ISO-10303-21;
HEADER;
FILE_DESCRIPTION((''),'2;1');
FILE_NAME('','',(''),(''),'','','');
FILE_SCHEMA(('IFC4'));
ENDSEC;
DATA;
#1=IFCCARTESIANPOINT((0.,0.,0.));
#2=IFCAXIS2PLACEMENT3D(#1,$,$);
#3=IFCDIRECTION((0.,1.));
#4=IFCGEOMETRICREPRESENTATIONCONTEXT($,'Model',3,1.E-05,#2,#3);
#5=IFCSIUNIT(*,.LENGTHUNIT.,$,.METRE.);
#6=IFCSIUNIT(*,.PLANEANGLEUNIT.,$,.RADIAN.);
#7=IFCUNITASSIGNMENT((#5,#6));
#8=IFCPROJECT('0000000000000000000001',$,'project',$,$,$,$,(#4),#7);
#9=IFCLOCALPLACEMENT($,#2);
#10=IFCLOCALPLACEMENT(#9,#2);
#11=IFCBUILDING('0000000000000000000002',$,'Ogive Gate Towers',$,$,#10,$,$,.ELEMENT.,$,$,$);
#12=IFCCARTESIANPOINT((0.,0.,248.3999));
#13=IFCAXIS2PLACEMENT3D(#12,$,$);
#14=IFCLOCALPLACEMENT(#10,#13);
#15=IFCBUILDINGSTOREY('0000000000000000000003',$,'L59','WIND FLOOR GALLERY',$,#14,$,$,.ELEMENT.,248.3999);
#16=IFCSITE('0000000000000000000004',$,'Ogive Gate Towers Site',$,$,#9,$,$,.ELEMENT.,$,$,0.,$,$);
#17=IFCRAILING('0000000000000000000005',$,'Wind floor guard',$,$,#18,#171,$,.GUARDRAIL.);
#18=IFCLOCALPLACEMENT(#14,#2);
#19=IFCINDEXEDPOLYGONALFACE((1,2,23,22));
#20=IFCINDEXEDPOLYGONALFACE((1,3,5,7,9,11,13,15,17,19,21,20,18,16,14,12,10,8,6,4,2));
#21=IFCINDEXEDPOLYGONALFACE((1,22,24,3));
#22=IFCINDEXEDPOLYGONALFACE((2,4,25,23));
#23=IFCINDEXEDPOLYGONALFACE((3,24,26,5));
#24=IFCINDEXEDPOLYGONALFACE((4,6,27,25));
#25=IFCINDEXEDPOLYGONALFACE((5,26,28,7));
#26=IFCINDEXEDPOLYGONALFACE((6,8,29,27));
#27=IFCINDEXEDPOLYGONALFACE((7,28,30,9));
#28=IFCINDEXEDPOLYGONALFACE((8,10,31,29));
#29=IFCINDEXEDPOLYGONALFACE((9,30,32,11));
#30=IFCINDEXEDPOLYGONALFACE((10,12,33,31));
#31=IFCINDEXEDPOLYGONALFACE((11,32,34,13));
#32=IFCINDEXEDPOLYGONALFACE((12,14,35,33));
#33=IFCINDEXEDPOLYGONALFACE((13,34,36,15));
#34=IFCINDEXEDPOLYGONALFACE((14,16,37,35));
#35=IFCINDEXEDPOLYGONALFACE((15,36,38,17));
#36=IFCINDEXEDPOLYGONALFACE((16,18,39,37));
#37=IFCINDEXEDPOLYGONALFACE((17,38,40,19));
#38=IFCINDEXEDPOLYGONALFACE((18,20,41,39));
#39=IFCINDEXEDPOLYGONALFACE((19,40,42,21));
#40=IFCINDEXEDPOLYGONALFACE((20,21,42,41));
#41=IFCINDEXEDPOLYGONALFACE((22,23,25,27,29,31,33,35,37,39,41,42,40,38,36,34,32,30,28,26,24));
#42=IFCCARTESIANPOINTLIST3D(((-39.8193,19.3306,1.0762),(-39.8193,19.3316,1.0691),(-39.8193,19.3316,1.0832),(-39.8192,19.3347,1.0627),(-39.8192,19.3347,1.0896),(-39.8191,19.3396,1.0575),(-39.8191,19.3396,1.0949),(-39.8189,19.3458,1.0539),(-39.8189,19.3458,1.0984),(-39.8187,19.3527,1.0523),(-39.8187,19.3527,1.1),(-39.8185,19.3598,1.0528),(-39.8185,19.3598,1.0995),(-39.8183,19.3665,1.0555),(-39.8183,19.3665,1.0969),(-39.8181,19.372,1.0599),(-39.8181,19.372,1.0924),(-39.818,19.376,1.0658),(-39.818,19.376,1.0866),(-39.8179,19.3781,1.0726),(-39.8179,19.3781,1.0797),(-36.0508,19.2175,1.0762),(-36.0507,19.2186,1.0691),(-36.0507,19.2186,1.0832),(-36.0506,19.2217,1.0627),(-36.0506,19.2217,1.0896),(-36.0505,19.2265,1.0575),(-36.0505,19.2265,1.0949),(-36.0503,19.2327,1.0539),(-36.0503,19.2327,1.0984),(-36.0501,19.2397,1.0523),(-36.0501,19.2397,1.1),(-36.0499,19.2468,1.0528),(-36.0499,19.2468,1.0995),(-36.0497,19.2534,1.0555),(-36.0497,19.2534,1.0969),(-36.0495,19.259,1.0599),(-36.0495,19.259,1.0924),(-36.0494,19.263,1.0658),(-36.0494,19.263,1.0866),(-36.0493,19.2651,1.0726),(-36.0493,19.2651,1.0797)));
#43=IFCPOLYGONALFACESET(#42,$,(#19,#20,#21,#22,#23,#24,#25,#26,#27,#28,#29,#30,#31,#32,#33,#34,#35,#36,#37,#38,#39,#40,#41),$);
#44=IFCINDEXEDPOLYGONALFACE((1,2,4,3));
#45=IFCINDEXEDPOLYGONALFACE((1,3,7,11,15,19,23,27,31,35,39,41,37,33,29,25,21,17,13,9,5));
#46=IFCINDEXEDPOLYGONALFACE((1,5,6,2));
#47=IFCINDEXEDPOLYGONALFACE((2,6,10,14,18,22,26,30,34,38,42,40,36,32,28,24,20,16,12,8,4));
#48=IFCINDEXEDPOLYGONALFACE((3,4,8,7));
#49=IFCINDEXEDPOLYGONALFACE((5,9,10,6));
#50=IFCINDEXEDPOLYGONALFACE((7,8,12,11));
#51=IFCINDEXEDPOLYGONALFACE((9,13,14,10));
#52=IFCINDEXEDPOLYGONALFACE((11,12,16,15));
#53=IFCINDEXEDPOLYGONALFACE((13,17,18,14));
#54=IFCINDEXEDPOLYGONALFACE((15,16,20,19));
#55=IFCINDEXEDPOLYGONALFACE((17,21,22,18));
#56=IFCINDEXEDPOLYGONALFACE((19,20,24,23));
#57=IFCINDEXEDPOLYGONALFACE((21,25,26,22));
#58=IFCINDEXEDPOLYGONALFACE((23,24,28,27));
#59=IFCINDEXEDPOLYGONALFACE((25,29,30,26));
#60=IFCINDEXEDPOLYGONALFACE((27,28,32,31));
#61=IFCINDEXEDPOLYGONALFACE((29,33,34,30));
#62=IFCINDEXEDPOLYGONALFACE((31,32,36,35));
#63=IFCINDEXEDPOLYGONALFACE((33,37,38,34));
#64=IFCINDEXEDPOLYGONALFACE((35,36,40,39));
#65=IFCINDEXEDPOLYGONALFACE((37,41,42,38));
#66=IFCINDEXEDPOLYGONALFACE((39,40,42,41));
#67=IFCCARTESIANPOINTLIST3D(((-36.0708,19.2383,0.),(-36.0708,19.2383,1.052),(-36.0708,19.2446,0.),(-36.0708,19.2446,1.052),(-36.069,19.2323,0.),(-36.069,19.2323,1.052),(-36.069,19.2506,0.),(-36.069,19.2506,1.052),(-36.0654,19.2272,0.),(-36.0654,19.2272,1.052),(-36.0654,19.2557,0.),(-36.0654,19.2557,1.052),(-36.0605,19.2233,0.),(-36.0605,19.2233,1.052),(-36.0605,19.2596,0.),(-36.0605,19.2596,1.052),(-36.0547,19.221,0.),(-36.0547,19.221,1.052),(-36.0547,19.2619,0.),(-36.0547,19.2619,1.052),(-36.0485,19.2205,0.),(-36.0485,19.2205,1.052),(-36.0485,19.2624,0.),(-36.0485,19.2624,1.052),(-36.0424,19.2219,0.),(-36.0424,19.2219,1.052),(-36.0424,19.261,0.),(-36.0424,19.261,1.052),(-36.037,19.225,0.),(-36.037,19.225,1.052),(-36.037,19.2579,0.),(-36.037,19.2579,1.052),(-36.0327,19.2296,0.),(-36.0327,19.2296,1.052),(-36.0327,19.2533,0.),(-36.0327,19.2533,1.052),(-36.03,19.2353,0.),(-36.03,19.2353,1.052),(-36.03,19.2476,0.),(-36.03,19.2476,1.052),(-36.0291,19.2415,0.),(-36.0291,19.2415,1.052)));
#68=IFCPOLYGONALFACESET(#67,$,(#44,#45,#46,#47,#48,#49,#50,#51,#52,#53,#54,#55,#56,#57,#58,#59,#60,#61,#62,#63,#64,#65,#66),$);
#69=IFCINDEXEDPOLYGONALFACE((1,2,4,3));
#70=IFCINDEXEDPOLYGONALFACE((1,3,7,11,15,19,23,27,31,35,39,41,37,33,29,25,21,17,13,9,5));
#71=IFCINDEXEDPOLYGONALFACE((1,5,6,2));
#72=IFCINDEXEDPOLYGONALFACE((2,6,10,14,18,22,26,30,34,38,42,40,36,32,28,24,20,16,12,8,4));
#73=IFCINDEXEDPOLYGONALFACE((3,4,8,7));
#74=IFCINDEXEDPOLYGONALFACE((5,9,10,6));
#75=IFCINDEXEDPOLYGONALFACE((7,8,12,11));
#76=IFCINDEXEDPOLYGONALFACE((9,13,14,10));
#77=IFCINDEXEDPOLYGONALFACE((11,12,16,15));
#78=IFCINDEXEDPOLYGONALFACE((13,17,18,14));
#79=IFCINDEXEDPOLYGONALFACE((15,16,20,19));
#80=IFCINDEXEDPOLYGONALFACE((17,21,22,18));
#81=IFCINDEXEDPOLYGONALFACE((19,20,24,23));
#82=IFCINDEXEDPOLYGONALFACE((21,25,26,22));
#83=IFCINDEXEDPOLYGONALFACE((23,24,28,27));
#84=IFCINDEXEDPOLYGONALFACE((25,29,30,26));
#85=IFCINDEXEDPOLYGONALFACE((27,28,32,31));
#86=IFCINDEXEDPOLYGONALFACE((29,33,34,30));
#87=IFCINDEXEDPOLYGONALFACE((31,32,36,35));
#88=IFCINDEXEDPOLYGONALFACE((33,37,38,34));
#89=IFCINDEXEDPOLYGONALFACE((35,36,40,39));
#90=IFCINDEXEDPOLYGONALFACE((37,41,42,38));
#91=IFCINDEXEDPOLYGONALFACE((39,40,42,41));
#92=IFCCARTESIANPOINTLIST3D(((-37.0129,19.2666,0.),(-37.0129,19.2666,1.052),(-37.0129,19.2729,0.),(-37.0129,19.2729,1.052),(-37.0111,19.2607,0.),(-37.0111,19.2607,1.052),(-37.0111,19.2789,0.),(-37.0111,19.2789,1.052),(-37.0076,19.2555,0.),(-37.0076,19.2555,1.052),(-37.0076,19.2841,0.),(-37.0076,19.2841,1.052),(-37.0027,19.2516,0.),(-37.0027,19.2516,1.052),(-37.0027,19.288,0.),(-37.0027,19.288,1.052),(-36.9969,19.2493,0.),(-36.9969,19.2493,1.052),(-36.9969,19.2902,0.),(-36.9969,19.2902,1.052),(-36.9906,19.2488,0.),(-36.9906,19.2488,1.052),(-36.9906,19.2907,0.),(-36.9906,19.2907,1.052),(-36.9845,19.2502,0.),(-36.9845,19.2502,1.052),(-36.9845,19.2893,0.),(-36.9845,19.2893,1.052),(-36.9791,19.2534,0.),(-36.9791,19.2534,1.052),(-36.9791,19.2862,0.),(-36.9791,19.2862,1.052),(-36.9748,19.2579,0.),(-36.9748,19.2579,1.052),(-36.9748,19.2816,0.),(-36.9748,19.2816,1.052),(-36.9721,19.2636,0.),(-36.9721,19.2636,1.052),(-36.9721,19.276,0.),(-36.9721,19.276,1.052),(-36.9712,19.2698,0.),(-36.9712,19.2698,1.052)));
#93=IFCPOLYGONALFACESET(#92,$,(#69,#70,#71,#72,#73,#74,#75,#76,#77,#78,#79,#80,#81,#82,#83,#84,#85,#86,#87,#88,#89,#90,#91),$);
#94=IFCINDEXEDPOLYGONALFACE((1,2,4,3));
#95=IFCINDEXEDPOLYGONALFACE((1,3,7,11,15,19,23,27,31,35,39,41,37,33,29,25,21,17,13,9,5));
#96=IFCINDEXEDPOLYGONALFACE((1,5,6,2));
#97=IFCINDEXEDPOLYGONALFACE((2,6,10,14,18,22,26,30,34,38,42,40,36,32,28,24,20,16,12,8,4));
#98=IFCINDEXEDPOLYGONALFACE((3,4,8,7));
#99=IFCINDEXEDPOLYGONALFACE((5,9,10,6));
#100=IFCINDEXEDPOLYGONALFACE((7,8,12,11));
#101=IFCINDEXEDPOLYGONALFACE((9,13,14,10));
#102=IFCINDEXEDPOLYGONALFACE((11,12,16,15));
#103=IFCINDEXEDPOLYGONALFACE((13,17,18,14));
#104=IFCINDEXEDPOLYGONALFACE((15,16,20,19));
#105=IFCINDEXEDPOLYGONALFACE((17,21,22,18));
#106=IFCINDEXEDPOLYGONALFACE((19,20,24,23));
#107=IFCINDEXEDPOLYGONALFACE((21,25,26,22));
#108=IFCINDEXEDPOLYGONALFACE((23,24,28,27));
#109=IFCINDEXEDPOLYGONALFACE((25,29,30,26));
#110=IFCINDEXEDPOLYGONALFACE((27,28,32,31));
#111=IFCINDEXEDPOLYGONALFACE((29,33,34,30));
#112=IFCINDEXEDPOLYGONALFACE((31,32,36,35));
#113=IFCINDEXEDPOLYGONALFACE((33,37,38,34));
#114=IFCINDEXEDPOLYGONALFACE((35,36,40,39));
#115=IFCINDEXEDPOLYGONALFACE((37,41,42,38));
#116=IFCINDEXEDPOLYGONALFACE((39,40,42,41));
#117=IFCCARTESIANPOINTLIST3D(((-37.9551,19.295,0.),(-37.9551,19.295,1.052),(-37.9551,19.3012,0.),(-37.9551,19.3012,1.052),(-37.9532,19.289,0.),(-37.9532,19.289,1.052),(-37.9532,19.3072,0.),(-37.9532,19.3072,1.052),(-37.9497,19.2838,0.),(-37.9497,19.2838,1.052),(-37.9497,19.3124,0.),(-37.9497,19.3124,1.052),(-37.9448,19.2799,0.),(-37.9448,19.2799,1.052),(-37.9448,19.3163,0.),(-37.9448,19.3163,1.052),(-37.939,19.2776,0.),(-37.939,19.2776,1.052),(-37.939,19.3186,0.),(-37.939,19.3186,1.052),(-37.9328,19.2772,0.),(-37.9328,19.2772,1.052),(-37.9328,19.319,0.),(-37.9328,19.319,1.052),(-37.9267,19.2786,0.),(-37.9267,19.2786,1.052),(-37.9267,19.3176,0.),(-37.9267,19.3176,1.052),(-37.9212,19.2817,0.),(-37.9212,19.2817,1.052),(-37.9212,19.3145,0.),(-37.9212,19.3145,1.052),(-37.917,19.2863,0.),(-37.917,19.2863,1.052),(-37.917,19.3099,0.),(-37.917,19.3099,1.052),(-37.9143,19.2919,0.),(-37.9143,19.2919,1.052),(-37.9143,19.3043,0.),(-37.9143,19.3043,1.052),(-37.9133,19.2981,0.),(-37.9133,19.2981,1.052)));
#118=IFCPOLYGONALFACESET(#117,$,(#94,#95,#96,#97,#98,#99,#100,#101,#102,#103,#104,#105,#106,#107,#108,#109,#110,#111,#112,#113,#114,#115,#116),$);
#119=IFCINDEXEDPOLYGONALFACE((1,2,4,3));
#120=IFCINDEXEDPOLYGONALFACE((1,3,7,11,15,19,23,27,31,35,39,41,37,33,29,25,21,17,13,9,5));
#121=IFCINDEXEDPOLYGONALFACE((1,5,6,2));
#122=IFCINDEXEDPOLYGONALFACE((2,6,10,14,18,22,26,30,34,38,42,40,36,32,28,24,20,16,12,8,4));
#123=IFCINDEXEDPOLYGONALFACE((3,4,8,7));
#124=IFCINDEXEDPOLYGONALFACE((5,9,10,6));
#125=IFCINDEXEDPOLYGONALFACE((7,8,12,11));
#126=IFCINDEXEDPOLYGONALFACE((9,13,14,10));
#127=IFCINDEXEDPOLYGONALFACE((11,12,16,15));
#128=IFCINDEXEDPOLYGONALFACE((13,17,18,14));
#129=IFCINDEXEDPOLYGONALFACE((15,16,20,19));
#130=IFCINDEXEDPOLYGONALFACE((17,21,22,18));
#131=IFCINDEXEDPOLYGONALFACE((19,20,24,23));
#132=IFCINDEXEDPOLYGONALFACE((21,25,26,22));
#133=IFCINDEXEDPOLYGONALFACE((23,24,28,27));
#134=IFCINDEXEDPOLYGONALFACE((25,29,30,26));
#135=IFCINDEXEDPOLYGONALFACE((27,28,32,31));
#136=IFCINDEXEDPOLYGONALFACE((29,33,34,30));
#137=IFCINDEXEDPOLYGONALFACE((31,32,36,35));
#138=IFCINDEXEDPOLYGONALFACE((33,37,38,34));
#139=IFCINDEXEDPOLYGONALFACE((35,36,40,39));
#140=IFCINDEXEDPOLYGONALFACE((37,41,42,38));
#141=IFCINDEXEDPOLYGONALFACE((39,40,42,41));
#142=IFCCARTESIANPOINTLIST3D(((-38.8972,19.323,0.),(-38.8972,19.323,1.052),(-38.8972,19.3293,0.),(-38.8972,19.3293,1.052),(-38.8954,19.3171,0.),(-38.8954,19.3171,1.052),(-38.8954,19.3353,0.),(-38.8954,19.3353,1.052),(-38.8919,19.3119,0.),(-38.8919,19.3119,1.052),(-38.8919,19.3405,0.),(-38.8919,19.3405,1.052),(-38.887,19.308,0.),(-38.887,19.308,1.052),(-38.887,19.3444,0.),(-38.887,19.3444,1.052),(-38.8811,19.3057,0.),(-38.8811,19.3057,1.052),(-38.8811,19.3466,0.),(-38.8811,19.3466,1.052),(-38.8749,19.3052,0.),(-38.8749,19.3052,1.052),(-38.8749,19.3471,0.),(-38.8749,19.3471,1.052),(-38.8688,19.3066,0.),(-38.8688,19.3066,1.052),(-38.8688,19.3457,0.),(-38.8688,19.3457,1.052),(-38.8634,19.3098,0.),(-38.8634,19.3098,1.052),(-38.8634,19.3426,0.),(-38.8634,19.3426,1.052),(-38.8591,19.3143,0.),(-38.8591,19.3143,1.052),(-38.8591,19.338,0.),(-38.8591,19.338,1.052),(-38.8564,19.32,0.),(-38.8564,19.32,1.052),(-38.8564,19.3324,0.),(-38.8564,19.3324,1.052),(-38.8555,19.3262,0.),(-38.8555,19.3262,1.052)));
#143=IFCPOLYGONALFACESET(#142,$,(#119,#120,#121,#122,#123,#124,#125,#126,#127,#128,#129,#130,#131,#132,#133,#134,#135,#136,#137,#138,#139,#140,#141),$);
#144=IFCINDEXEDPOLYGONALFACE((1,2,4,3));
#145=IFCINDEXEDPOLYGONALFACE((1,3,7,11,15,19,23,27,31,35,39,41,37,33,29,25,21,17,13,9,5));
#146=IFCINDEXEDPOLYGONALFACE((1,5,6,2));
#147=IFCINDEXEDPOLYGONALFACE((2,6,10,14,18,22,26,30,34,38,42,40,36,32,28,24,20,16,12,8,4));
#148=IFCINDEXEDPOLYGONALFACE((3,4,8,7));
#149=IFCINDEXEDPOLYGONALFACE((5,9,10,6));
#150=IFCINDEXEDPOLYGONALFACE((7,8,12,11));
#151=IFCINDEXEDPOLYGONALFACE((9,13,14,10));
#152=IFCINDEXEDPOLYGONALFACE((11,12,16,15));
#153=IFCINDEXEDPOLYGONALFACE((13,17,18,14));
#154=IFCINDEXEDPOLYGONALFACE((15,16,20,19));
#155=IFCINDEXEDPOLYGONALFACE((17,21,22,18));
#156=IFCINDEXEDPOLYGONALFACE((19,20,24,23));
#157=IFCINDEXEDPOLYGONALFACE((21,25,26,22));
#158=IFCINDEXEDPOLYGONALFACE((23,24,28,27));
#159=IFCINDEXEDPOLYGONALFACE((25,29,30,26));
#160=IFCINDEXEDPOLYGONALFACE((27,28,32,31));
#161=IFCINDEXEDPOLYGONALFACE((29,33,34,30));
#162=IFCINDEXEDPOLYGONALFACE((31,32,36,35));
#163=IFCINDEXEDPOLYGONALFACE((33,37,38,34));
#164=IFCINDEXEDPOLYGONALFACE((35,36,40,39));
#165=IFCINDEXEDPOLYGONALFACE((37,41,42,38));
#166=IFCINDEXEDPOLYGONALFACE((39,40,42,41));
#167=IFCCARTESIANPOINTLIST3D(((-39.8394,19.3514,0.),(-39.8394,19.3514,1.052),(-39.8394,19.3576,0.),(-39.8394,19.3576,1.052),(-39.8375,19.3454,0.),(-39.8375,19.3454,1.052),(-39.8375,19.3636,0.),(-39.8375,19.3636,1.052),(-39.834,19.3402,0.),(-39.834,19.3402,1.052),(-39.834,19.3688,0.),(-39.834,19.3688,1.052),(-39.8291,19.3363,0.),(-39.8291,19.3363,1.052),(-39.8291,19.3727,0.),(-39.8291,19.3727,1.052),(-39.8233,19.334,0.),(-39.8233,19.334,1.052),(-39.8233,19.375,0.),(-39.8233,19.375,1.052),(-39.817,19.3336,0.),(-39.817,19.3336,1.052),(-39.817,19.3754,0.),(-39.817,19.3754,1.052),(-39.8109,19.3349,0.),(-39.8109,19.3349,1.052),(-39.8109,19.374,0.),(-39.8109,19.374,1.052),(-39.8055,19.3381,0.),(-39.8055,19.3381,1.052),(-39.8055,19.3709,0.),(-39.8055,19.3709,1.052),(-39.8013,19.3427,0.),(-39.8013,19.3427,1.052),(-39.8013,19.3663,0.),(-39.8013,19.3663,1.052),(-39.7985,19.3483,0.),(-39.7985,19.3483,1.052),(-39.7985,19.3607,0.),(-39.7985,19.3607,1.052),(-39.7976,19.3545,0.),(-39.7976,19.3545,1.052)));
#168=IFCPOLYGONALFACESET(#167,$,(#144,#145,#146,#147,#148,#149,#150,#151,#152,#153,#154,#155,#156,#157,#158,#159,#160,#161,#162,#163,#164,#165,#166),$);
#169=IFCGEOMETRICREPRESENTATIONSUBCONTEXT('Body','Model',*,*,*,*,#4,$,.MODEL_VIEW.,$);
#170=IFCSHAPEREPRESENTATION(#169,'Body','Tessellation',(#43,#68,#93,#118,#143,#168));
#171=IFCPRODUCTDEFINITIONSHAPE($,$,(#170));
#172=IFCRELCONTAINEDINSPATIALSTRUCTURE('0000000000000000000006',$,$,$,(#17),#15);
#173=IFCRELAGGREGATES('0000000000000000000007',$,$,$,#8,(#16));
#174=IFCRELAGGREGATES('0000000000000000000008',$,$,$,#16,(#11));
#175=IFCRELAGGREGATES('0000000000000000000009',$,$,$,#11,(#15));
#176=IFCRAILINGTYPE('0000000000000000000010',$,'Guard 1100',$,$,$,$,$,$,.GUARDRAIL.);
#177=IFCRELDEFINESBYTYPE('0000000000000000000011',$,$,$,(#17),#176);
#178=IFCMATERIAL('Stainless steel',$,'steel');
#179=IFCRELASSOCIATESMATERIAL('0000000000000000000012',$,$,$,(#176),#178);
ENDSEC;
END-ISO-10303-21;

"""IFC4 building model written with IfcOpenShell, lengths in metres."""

from ifc_helpers import new_model, si_unit, direction, frame, origin, origin_2d, place, context, subcontext, project, spatial, circle, extrude, material, type_object, element, save


model = new_model("IFC4")

# Units and contexts
model_context = context("Model", 3, precision=1e-05, world=origin(), true_north=direction((0.0, 1.0)))
body_context = subcontext(model_context, "Body", "Model", "MODEL_VIEW")
ifc_project = project(units=[si_unit("LENGTHUNIT", "METRE"), si_unit("PLANEANGLEUNIT", "RADIAN")], contexts=[model_context])

# Site, building, storey
site_placement = place(None, origin())
site = spatial("IfcSite", under=ifc_project, at=site_placement, Name="Ogive Gate Towers Site", CompositionType="ELEMENT", RefElevation=0.0)
building_placement = place(site_placement, origin())
building = spatial("IfcBuilding", under=site, at=building_placement, Name="Ogive Gate Towers", CompositionType="ELEMENT")
storey_placement = place(building_placement, frame((0.0, 0.0, 248.3999)))
storey = spatial("IfcBuildingStorey", under=building, at=storey_placement, Name="L59", Description="WIND FLOOR GALLERY", CompositionType="ELEMENT", Elevation=248.3999)

# Railing
ifc_material_1 = material(Name="Stainless steel", Category="steel")
railing_type_1 = type_object("IfcRailingType", Name="Guard 1100", PredefinedType="GUARDRAIL", material=ifc_material_1)
railing_1_placement = place(storey_placement, frame((-36.05, 19.2415, 0.0)))
element("IfcRailing", 1, at=railing_1_placement, inside=storey, type_object=railing_type_1, Name="Wind floor guard", PredefinedType="GUARDRAIL", context=body_context, shape_type="SweptSolid", body=[
    extrude(circle(Radius=0.0239, at=origin_2d()), frame((0.0, 0.0, 1.0762), z_axis=(-0.99955, 0.029981, 0.0), x_axis=(-0.029981, -0.99955, 0.0)), (0.0, 0.0, 1.0), 3.7703),
    extrude(circle(Radius=0.021, at=origin_2d()), origin(), (0.0, 0.0, 1.0), 1.052),
    extrude(circle(Radius=0.021, at=origin_2d()), frame((-0.9421, 0.0283, 0.0)), (0.0, 0.0, 1.0), 1.052),
    extrude(circle(Radius=0.021, at=origin_2d()), frame((-1.8843, 0.0566, 0.0)), (0.0, 0.0, 1.0), 1.052),
    extrude(circle(Radius=0.021, at=origin_2d()), frame((-2.8264, 0.0847, 0.0)), (0.0, 0.0, 1.0), 1.052),
    extrude(circle(Radius=0.021, at=origin_2d()), frame((-3.7686, 0.113, 0.0)), (0.0, 0.0, 1.0), 1.052),
])

save(model, "model.ifc")
